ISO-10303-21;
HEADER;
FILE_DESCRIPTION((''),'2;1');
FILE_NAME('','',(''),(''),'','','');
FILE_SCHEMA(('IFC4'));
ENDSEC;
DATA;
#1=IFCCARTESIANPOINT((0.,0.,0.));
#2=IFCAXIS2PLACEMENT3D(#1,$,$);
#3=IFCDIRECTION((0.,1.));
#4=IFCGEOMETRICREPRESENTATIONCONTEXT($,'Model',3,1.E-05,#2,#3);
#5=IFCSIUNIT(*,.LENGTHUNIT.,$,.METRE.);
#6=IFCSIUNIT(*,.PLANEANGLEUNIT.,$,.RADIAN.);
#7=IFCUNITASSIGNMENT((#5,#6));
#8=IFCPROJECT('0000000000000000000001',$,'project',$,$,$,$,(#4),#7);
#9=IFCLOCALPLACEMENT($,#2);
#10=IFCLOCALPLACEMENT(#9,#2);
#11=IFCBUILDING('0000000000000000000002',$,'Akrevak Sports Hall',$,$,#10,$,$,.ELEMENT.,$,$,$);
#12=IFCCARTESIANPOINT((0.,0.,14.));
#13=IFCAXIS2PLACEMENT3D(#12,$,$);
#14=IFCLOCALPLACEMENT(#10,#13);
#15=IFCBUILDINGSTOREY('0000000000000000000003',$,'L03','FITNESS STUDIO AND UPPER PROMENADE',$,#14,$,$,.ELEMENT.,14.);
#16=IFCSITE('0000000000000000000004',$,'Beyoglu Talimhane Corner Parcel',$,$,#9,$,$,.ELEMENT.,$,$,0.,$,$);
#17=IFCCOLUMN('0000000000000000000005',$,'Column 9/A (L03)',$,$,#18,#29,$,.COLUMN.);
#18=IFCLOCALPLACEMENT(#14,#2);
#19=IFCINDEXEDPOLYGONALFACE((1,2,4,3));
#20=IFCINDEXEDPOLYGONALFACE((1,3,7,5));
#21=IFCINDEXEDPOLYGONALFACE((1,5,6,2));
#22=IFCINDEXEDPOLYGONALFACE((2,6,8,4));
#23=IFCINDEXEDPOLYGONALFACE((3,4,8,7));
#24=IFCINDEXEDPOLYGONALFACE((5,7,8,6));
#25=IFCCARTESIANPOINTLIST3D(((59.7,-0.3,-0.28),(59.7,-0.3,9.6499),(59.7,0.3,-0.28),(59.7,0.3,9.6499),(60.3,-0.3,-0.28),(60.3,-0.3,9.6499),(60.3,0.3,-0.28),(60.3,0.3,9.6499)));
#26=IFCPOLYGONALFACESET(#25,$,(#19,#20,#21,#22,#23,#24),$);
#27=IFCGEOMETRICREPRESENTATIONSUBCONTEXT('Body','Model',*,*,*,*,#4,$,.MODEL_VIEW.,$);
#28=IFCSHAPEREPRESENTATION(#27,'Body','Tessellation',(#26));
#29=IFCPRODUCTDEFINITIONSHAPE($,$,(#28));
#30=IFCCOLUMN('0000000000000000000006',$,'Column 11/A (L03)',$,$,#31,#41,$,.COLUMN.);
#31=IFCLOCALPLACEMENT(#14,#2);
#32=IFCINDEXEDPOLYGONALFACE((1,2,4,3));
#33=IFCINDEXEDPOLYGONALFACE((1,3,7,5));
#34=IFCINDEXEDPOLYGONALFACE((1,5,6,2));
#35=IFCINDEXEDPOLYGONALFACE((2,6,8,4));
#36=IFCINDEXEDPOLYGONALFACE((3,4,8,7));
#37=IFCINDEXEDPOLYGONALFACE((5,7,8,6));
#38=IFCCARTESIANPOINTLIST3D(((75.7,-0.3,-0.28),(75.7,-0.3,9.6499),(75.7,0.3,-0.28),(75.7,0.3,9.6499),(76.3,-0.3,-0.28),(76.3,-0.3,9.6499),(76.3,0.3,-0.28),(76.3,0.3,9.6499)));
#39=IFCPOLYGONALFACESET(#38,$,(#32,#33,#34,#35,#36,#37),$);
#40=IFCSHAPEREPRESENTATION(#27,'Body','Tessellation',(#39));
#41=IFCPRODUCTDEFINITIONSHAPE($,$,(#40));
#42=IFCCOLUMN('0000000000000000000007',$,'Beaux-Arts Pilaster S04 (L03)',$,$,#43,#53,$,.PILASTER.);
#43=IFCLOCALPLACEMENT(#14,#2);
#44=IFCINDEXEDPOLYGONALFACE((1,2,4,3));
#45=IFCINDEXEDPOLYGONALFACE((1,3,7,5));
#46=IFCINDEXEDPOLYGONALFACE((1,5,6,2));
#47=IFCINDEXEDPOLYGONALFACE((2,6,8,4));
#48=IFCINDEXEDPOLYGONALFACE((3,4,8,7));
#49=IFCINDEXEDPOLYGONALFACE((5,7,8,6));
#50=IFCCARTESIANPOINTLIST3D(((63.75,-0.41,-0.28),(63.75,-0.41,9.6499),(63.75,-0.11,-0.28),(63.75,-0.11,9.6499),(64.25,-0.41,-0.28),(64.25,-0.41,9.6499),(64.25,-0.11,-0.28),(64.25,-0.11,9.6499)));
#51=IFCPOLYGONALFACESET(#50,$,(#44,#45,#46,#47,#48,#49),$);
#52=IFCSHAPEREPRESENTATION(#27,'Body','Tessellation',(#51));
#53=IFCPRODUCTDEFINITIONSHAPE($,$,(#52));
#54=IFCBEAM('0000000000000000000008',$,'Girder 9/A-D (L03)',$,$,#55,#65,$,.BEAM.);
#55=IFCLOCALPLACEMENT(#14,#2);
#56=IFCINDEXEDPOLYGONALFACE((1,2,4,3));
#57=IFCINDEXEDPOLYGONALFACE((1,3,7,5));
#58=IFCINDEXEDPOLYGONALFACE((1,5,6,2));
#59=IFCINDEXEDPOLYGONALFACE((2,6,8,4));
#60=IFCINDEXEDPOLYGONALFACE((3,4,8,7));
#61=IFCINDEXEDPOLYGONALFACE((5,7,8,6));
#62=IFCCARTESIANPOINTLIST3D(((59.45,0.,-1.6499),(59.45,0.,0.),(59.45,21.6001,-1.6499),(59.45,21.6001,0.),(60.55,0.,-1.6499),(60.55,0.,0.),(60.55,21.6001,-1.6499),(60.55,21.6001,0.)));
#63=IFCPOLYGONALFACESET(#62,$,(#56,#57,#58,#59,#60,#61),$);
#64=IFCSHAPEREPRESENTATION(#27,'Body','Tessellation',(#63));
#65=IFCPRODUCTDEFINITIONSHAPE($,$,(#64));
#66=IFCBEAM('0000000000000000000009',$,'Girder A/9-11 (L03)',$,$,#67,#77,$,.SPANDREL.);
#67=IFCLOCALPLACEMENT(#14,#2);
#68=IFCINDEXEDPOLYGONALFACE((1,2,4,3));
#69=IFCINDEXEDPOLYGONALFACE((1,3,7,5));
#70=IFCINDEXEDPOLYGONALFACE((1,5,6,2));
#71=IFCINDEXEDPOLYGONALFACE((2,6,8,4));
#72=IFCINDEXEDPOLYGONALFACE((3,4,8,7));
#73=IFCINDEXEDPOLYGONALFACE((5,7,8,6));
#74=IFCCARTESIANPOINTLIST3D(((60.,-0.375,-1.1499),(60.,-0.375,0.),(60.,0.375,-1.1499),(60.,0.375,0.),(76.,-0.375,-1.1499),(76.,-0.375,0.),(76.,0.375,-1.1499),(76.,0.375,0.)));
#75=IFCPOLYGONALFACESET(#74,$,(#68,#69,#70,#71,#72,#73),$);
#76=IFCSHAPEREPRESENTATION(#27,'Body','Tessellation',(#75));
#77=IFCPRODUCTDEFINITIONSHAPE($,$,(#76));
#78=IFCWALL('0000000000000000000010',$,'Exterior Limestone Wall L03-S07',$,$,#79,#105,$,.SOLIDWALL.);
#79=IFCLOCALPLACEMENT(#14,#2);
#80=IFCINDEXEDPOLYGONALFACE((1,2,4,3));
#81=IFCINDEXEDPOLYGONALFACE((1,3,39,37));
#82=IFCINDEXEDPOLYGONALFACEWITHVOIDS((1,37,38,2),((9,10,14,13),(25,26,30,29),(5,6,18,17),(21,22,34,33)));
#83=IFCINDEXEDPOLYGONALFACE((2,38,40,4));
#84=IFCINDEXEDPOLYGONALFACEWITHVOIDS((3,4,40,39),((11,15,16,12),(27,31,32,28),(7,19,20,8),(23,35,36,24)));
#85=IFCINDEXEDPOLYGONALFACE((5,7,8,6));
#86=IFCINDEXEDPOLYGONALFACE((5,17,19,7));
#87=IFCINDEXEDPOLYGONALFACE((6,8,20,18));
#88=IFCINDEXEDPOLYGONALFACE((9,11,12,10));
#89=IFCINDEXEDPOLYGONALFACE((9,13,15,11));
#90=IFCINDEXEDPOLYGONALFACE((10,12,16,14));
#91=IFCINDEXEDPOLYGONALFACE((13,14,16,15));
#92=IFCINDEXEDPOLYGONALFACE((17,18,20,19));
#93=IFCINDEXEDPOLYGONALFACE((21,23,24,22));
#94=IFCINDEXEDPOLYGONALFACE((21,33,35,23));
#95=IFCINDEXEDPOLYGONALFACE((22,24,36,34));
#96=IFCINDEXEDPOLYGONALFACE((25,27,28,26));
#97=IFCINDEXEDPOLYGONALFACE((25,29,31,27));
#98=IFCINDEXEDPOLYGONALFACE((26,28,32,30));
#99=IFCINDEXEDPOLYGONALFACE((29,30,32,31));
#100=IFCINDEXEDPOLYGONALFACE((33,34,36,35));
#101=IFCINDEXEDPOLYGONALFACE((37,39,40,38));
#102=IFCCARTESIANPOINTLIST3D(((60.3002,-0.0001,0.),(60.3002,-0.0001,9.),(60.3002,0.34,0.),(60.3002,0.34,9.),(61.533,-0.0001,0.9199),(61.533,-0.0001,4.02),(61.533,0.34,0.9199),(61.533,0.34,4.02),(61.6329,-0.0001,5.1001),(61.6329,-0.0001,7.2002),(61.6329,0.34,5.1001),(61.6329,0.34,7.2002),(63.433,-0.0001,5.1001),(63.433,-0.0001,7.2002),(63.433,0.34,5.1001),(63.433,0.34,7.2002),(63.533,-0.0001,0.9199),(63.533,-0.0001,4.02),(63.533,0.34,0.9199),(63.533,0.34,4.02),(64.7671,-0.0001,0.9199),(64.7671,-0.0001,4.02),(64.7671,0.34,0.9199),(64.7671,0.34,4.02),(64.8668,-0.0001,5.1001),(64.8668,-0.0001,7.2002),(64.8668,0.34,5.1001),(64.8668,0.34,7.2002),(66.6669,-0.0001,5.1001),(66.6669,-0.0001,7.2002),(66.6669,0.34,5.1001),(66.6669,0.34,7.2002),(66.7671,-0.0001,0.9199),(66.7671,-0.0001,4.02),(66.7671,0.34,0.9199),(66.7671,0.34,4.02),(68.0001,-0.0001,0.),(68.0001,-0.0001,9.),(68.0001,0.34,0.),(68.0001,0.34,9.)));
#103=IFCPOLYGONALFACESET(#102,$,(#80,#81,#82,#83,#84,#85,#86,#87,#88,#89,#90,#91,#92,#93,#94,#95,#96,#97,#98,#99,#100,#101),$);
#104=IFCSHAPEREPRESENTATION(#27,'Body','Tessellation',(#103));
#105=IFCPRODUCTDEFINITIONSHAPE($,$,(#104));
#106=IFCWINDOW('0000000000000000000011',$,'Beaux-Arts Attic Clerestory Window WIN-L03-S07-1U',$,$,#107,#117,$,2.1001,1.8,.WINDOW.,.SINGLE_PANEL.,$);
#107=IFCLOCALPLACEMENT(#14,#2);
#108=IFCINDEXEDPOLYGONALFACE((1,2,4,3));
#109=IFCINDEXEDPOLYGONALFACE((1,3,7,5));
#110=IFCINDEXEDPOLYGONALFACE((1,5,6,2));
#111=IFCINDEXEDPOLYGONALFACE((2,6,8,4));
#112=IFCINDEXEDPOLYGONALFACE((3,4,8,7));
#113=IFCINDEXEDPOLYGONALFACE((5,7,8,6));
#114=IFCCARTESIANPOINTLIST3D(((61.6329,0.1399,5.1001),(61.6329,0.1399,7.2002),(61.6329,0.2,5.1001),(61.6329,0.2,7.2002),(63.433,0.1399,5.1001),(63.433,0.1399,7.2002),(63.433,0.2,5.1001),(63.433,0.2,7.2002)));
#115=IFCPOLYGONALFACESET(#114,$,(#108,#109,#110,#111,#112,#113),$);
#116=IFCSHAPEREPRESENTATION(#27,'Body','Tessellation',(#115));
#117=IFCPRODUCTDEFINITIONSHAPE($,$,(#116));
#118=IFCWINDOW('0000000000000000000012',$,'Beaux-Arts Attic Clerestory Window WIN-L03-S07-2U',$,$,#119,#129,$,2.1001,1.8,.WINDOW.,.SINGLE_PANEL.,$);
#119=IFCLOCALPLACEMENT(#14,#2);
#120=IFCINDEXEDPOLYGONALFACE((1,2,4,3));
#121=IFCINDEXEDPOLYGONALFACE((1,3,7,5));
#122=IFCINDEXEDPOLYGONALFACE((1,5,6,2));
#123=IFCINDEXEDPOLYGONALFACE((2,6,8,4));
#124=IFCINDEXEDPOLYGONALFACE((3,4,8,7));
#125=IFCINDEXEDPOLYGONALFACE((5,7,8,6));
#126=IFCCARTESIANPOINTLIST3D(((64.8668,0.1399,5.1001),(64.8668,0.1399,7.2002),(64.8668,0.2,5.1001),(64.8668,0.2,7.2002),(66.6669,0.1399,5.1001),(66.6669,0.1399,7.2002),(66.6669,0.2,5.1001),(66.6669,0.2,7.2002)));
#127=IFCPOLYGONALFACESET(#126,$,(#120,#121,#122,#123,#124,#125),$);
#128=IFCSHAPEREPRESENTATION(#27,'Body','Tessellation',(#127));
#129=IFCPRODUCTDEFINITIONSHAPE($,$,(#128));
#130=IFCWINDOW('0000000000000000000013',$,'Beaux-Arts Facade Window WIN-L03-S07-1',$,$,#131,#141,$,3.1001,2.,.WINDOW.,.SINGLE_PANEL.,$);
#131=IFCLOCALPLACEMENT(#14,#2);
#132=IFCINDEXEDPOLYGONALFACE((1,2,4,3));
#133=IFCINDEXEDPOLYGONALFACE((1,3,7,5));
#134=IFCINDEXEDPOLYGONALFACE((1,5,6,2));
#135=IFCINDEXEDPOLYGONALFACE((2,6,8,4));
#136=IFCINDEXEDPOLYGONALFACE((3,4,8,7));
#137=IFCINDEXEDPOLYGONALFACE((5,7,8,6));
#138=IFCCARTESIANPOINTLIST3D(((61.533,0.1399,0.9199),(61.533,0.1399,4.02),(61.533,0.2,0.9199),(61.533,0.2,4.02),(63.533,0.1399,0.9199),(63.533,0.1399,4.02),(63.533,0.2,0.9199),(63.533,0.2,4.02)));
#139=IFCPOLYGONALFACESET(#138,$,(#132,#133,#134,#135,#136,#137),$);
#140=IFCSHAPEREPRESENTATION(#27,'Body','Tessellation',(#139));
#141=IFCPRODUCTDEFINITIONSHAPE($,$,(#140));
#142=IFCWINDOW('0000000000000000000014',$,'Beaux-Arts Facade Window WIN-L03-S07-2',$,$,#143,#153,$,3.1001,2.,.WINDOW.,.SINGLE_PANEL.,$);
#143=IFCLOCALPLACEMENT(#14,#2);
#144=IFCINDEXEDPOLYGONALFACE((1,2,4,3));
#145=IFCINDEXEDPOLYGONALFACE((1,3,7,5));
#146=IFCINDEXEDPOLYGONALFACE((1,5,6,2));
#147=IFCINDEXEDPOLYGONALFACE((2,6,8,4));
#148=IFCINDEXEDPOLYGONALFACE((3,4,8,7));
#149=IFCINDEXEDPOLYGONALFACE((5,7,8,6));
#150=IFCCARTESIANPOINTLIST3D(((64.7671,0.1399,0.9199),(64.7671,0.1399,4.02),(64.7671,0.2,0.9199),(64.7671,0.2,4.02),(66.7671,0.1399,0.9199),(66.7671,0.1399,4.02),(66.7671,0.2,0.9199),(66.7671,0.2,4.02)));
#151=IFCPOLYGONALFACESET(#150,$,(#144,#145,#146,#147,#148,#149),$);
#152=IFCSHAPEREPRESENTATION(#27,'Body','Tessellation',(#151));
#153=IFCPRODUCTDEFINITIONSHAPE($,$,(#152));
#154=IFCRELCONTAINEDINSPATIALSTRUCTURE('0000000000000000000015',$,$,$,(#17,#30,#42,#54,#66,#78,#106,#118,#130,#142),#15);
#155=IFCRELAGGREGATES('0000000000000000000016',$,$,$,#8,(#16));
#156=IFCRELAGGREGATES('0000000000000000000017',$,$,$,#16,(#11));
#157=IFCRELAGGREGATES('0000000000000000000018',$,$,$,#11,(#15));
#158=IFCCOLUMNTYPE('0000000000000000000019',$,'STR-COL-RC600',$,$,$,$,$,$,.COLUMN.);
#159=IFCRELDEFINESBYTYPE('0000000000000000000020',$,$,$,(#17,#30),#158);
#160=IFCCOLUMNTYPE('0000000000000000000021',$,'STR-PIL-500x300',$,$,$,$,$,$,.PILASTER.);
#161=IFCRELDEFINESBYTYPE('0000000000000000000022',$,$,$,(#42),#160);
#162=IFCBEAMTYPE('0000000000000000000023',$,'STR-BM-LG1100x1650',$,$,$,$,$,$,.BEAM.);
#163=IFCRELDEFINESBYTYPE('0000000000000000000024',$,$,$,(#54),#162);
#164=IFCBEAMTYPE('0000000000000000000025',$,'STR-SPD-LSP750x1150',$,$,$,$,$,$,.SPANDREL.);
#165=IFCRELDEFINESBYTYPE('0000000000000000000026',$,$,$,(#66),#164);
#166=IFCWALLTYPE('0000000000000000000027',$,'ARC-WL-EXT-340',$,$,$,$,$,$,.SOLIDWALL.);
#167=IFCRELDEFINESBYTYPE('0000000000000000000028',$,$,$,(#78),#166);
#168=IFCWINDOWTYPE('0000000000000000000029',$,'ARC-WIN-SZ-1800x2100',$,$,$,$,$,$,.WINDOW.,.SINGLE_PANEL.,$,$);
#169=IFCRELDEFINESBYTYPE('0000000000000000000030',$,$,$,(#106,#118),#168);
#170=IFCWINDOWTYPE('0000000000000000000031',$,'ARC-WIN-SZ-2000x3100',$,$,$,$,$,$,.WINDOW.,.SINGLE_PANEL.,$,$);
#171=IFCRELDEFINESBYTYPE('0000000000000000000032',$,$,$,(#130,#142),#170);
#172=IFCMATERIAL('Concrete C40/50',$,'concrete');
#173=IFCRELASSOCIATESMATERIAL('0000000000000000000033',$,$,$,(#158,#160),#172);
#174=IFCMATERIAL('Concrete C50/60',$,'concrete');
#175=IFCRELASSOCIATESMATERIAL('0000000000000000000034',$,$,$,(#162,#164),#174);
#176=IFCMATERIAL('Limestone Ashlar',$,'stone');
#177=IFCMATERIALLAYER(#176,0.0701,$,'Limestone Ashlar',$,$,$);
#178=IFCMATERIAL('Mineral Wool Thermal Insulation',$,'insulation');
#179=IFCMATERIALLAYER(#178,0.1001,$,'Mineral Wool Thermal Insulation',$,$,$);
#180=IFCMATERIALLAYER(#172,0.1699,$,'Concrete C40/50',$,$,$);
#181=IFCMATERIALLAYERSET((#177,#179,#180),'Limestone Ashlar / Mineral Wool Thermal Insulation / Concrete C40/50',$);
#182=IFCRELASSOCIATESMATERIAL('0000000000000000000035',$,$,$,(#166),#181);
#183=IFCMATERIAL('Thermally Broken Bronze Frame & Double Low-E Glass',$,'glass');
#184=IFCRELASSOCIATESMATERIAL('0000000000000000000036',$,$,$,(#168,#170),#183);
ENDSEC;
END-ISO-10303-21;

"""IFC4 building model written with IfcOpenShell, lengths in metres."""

from ifc_helpers import new_model, si_unit, direction, frame, frame_2d, origin, origin_2d, place, context, subcontext, project, spatial, rectangle, extrude, material, layer, layer_set, material_profile, profile_set, type_object, element, fill, save


model = new_model("IFC4")

# Units and contexts
model_context = context("Model", 3, precision=1e-05, world=origin(), true_north=direction((0.0, 1.0)))
body_context = subcontext(model_context, "Body", "Model", "MODEL_VIEW")
ifc_project = project(units=[si_unit("LENGTHUNIT", "METRE"), si_unit("PLANEANGLEUNIT", "RADIAN")], contexts=[model_context])

# Site, building, storey
site_placement = place(None, origin())
site = spatial("IfcSite", under=ifc_project, at=site_placement, Name="Beyoglu Talimhane Corner Parcel", CompositionType="ELEMENT", RefElevation=0.0)
building_placement = place(site_placement, origin())
building = spatial("IfcBuilding", under=site, at=building_placement, Name="Akrevak Sports Hall", CompositionType="ELEMENT")
storey_placement = place(building_placement, frame((0.0, 0.0, 14.0)))
storey = spatial("IfcBuildingStorey", under=building, at=storey_placement, Name="L03", Description="FITNESS STUDIO AND UPPER PROMENADE", CompositionType="ELEMENT", Elevation=14.0)

# Columns
ifc_material_1 = material(Name="Concrete C40/50", Category="concrete")
ifc_material_profile_1 = material_profile(ifc_material_1, rectangle(XDim=0.6001, YDim=0.6001, at=origin_2d()), Name="RC 600x600", Category="concrete")
ifc_profile_set_1 = profile_set([ifc_material_profile_1], Name="Concrete C40/50")
column_type_1 = type_object("IfcColumnType", Name="STR-COL-RC600", PredefinedType="COLUMN", material=ifc_profile_set_1)
for number, where, z_axis, x_axis, name in (
    (1, (60.0, 0.0, -0.28), (0.0, 0.0, 1.0), (1.0, 0.0, 0.0), "Column 9/A (L03)"),
    (2, (76.0, 0.0, -0.28), (0.0, 0.0, 1.0), (1.0, 0.0, 0.0), "Column 11/A (L03)"),
):
    element("IfcColumn", number, at=place(storey_placement, frame(where, z_axis=z_axis, x_axis=x_axis)), inside=storey, type_object=column_type_1, Name=name, PredefinedType="COLUMN", context=body_context, shape_type="SweptSolid", body=[
        extrude(rectangle(XDim=0.6001, YDim=0.6001, at=origin_2d()), origin(), (0.0, 0.0, 1.0), 9.9299),
    ])
ifc_material_profile_2 = material_profile(ifc_material_1, rectangle(XDim=0.5, YDim=0.3, at=origin_2d()), Name="PIL 500x300", Category="concrete")
ifc_profile_set_2 = profile_set([ifc_material_profile_2], Name="Concrete C40/50")
column_type_2 = type_object("IfcColumnType", Name="STR-PIL-500x300", PredefinedType="PILASTER", material=ifc_profile_set_2)
column_placement = place(storey_placement, frame((64.0, -0.26, -0.28), z_axis=(0.0, 0.0, 1.0), x_axis=(1.0, 0.0, 0.0)))
element("IfcColumn", 3, at=column_placement, inside=storey, type_object=column_type_2, Name="Beaux-Arts Pilaster S04 (L03)", PredefinedType="PILASTER", context=body_context, shape_type="SweptSolid", body=[
    extrude(rectangle(XDim=0.5, YDim=0.3, at=origin_2d()), origin(), (0.0, 0.0, 1.0), 9.9299),
])

# Beams
ifc_material_2 = material(Name="Concrete C50/60", Category="concrete")
ifc_material_profile_3 = material_profile(ifc_material_2, rectangle(XDim=1.1001, YDim=1.6499, at=origin_2d()), Name="BM 1100x1650", Category="concrete")
ifc_profile_set_3 = profile_set([ifc_material_profile_3], Name="Concrete C50/60")
beam_type_1 = type_object("IfcBeamType", Name="STR-BM-LG1100x1650", PredefinedType="BEAM", material=ifc_profile_set_3)
beam_1_placement = place(storey_placement, frame((60.0, 0.0, -0.825), z_axis=(0.0, 1.0, 0.0), x_axis=(-1.0, 0.0, 0.0)))
element("IfcBeam", 4, at=beam_1_placement, inside=storey, type_object=beam_type_1, Name="Girder 9/A-D (L03)", PredefinedType="BEAM", context=body_context, shape_type="SweptSolid", body=[
    extrude(rectangle(XDim=1.1001, YDim=1.6499, at=origin_2d()), origin(), (0.0, 0.0, 1.0), 21.6001),
])
ifc_material_profile_4 = material_profile(ifc_material_2, rectangle(XDim=0.75, YDim=1.1499, at=origin_2d()), Name="SPD 750x1150", Category="concrete")
ifc_profile_set_4 = profile_set([ifc_material_profile_4], Name="Concrete C50/60")
beam_type_2 = type_object("IfcBeamType", Name="STR-SPD-LSP750x1150", PredefinedType="SPANDREL", material=ifc_profile_set_4)
beam_2_placement = place(storey_placement, frame((60.0, 0.0, -0.575), z_axis=(1.0, 0.0, 0.0), x_axis=(0.0, 1.0, 0.0)))
element("IfcBeam", 5, at=beam_2_placement, inside=storey, type_object=beam_type_2, Name="Girder A/9-11 (L03)", PredefinedType="SPANDREL", context=body_context, shape_type="SweptSolid", body=[
    extrude(rectangle(XDim=0.75, YDim=1.1499, at=origin_2d()), origin(), (0.0, 0.0, 1.0), 16.0),
])

# Wall, openings, windows
ifc_material_3 = material(Name="Limestone Ashlar", Category="stone")
ifc_layer_1 = layer(ifc_material_3, 0.0701, Name="Limestone Ashlar")
ifc_material_4 = material(Name="Mineral Wool Thermal Insulation", Category="insulation")
ifc_layer_2 = layer(ifc_material_4, 0.1001, Name="Mineral Wool Thermal Insulation")
ifc_layer_3 = layer(ifc_material_1, 0.1699, Name="Concrete C40/50")
ifc_layer_set_1 = layer_set([ifc_layer_1, ifc_layer_2, ifc_layer_3], Name="Limestone Ashlar / Mineral Wool Thermal Insulation / Concrete C40/50")
wall_type_1 = type_object("IfcWallType", Name="ARC-WL-EXT-340", PredefinedType="SOLIDWALL", material=ifc_layer_set_1)
wall_1_placement = place(storey_placement, frame((60.3, 0.1699, 0.0), z_axis=(0.0, 0.0, 1.0), x_axis=(1.0, 0.0, 0.0)))
wall_1 = element("IfcWall", 6, at=wall_1_placement, inside=storey, type_object=wall_type_1, Name="Exterior Limestone Wall L03-S07", PredefinedType="SOLIDWALL", context=body_context, shape_type="SweptSolid", body=[
    extrude(rectangle(XDim=7.7, YDim=0.3401, at=frame_2d((3.8501, 0.0))), origin(), (0.0, 0.0, 1.0), 9.0),
])
opening_1_placement = place(wall_1_placement, frame((1.2329, 0.0, 0.9199)))
opening_1 = element("IfcOpeningElement", 7, at=opening_1_placement, cuts=wall_1, PredefinedType="OPENING", context=body_context, shape_type="SweptSolid", body=[
    extrude(rectangle(XDim=2.0, YDim=3.1001, at=frame_2d((1.0, 1.55))), frame((0.0, 0.1821, 0.0), z_axis=(0.0, -1.0, 0.0), x_axis=(1.0, 0.0, 0.0)), (0.0, 0.0, 1.0), 0.364),
])
opening_2_placement = place(wall_1_placement, frame((1.333, 0.0, 5.1001)))
opening_2 = element("IfcOpeningElement", 8, at=opening_2_placement, cuts=wall_1, PredefinedType="OPENING", context=body_context, shape_type="SweptSolid", body=[
    extrude(rectangle(XDim=1.8, YDim=2.1001, at=frame_2d((0.8999, 1.05))), frame((0.0, 0.1821, 0.0), z_axis=(0.0, -1.0, 0.0), x_axis=(1.0, 0.0, 0.0)), (0.0, 0.0, 1.0), 0.364),
])
opening_3_placement = place(wall_1_placement, frame((4.467, 0.0, 0.9199)))
opening_3 = element("IfcOpeningElement", 9, at=opening_3_placement, cuts=wall_1, PredefinedType="OPENING", context=body_context, shape_type="SweptSolid", body=[
    extrude(rectangle(XDim=2.0, YDim=3.1001, at=frame_2d((1.0, 1.55))), frame((0.0, 0.1821, 0.0), z_axis=(0.0, -1.0, 0.0), x_axis=(1.0, 0.0, 0.0)), (0.0, 0.0, 1.0), 0.364),
])
opening_4_placement = place(wall_1_placement, frame((4.5669, 0.0, 5.1001)))
opening_4 = element("IfcOpeningElement", 10, at=opening_4_placement, cuts=wall_1, PredefinedType="OPENING", context=body_context, shape_type="SweptSolid", body=[
    extrude(rectangle(XDim=1.8, YDim=2.1001, at=frame_2d((0.8999, 1.05))), frame((0.0, 0.1821, 0.0), z_axis=(0.0, -1.0, 0.0), x_axis=(1.0, 0.0, 0.0)), (0.0, 0.0, 1.0), 0.364),
])
ifc_material_5 = material(Name="Thermally Broken Bronze Frame & Double Low-E Glass", Category="glass")
window_type_1 = type_object("IfcWindowType", Name="ARC-WIN-SZ-1800x2100", PartitioningType="SINGLE_PANEL", PredefinedType="WINDOW", material=ifc_material_5)
window_1_placement = place(opening_2_placement, origin())
window_1 = element("IfcWindow", 11, at=window_1_placement, inside=storey, type_object=window_type_1, Name="Beaux-Arts Attic Clerestory Window WIN-L03-S07-1U", OverallHeight=2.1001, OverallWidth=1.8, PartitioningType="SINGLE_PANEL", PredefinedType="WINDOW", context=body_context, shape_type="SweptSolid", body=[
    extrude(rectangle(XDim=1.8, YDim=2.1001, at=frame_2d((0.8999, 1.05))), frame((0.0, 0.03, 0.0), z_axis=(0.0, -1.0, 0.0), x_axis=(1.0, 0.0, 0.0)), (0.0, 0.0, 1.0), 0.0601),
])
fill(opening_2, window_1)
window_2_placement = place(opening_4_placement, origin())
window_2 = element("IfcWindow", 12, at=window_2_placement, inside=storey, type_object=window_type_1, Name="Beaux-Arts Attic Clerestory Window WIN-L03-S07-2U", OverallHeight=2.1001, OverallWidth=1.8, PartitioningType="SINGLE_PANEL", PredefinedType="WINDOW", context=body_context, shape_type="SweptSolid", body=[
    extrude(rectangle(XDim=1.8, YDim=2.1001, at=frame_2d((0.8999, 1.05))), frame((0.0, 0.03, 0.0), z_axis=(0.0, -1.0, 0.0), x_axis=(1.0, 0.0, 0.0)), (0.0, 0.0, 1.0), 0.0601),
])
fill(opening_4, window_2)
window_type_2 = type_object("IfcWindowType", Name="ARC-WIN-SZ-2000x3100", PartitioningType="SINGLE_PANEL", PredefinedType="WINDOW", material=ifc_material_5)
window_3_placement = place(opening_1_placement, origin())
window_3 = element("IfcWindow", 13, at=window_3_placement, inside=storey, type_object=window_type_2, Name="Beaux-Arts Facade Window WIN-L03-S07-1", OverallHeight=3.1001, OverallWidth=2.0, PartitioningType="SINGLE_PANEL", PredefinedType="WINDOW", context=body_context, shape_type="SweptSolid", body=[
    extrude(rectangle(XDim=2.0, YDim=3.1001, at=frame_2d((1.0, 1.55))), frame((0.0, 0.03, 0.0), z_axis=(0.0, -1.0, 0.0), x_axis=(1.0, 0.0, 0.0)), (0.0, 0.0, 1.0), 0.0601),
])
fill(opening_1, window_3)
window_4_placement = place(opening_3_placement, origin())
window_4 = element("IfcWindow", 14, at=window_4_placement, inside=storey, type_object=window_type_2, Name="Beaux-Arts Facade Window WIN-L03-S07-2", OverallHeight=3.1001, OverallWidth=2.0, PartitioningType="SINGLE_PANEL", PredefinedType="WINDOW", context=body_context, shape_type="SweptSolid", body=[
    extrude(rectangle(XDim=2.0, YDim=3.1001, at=frame_2d((1.0, 1.55))), frame((0.0, 0.03, 0.0), z_axis=(0.0, -1.0, 0.0), x_axis=(1.0, 0.0, 0.0)), (0.0, 0.0, 1.0), 0.0601),
])
fill(opening_3, window_4)

save(model, "model.ifc")
